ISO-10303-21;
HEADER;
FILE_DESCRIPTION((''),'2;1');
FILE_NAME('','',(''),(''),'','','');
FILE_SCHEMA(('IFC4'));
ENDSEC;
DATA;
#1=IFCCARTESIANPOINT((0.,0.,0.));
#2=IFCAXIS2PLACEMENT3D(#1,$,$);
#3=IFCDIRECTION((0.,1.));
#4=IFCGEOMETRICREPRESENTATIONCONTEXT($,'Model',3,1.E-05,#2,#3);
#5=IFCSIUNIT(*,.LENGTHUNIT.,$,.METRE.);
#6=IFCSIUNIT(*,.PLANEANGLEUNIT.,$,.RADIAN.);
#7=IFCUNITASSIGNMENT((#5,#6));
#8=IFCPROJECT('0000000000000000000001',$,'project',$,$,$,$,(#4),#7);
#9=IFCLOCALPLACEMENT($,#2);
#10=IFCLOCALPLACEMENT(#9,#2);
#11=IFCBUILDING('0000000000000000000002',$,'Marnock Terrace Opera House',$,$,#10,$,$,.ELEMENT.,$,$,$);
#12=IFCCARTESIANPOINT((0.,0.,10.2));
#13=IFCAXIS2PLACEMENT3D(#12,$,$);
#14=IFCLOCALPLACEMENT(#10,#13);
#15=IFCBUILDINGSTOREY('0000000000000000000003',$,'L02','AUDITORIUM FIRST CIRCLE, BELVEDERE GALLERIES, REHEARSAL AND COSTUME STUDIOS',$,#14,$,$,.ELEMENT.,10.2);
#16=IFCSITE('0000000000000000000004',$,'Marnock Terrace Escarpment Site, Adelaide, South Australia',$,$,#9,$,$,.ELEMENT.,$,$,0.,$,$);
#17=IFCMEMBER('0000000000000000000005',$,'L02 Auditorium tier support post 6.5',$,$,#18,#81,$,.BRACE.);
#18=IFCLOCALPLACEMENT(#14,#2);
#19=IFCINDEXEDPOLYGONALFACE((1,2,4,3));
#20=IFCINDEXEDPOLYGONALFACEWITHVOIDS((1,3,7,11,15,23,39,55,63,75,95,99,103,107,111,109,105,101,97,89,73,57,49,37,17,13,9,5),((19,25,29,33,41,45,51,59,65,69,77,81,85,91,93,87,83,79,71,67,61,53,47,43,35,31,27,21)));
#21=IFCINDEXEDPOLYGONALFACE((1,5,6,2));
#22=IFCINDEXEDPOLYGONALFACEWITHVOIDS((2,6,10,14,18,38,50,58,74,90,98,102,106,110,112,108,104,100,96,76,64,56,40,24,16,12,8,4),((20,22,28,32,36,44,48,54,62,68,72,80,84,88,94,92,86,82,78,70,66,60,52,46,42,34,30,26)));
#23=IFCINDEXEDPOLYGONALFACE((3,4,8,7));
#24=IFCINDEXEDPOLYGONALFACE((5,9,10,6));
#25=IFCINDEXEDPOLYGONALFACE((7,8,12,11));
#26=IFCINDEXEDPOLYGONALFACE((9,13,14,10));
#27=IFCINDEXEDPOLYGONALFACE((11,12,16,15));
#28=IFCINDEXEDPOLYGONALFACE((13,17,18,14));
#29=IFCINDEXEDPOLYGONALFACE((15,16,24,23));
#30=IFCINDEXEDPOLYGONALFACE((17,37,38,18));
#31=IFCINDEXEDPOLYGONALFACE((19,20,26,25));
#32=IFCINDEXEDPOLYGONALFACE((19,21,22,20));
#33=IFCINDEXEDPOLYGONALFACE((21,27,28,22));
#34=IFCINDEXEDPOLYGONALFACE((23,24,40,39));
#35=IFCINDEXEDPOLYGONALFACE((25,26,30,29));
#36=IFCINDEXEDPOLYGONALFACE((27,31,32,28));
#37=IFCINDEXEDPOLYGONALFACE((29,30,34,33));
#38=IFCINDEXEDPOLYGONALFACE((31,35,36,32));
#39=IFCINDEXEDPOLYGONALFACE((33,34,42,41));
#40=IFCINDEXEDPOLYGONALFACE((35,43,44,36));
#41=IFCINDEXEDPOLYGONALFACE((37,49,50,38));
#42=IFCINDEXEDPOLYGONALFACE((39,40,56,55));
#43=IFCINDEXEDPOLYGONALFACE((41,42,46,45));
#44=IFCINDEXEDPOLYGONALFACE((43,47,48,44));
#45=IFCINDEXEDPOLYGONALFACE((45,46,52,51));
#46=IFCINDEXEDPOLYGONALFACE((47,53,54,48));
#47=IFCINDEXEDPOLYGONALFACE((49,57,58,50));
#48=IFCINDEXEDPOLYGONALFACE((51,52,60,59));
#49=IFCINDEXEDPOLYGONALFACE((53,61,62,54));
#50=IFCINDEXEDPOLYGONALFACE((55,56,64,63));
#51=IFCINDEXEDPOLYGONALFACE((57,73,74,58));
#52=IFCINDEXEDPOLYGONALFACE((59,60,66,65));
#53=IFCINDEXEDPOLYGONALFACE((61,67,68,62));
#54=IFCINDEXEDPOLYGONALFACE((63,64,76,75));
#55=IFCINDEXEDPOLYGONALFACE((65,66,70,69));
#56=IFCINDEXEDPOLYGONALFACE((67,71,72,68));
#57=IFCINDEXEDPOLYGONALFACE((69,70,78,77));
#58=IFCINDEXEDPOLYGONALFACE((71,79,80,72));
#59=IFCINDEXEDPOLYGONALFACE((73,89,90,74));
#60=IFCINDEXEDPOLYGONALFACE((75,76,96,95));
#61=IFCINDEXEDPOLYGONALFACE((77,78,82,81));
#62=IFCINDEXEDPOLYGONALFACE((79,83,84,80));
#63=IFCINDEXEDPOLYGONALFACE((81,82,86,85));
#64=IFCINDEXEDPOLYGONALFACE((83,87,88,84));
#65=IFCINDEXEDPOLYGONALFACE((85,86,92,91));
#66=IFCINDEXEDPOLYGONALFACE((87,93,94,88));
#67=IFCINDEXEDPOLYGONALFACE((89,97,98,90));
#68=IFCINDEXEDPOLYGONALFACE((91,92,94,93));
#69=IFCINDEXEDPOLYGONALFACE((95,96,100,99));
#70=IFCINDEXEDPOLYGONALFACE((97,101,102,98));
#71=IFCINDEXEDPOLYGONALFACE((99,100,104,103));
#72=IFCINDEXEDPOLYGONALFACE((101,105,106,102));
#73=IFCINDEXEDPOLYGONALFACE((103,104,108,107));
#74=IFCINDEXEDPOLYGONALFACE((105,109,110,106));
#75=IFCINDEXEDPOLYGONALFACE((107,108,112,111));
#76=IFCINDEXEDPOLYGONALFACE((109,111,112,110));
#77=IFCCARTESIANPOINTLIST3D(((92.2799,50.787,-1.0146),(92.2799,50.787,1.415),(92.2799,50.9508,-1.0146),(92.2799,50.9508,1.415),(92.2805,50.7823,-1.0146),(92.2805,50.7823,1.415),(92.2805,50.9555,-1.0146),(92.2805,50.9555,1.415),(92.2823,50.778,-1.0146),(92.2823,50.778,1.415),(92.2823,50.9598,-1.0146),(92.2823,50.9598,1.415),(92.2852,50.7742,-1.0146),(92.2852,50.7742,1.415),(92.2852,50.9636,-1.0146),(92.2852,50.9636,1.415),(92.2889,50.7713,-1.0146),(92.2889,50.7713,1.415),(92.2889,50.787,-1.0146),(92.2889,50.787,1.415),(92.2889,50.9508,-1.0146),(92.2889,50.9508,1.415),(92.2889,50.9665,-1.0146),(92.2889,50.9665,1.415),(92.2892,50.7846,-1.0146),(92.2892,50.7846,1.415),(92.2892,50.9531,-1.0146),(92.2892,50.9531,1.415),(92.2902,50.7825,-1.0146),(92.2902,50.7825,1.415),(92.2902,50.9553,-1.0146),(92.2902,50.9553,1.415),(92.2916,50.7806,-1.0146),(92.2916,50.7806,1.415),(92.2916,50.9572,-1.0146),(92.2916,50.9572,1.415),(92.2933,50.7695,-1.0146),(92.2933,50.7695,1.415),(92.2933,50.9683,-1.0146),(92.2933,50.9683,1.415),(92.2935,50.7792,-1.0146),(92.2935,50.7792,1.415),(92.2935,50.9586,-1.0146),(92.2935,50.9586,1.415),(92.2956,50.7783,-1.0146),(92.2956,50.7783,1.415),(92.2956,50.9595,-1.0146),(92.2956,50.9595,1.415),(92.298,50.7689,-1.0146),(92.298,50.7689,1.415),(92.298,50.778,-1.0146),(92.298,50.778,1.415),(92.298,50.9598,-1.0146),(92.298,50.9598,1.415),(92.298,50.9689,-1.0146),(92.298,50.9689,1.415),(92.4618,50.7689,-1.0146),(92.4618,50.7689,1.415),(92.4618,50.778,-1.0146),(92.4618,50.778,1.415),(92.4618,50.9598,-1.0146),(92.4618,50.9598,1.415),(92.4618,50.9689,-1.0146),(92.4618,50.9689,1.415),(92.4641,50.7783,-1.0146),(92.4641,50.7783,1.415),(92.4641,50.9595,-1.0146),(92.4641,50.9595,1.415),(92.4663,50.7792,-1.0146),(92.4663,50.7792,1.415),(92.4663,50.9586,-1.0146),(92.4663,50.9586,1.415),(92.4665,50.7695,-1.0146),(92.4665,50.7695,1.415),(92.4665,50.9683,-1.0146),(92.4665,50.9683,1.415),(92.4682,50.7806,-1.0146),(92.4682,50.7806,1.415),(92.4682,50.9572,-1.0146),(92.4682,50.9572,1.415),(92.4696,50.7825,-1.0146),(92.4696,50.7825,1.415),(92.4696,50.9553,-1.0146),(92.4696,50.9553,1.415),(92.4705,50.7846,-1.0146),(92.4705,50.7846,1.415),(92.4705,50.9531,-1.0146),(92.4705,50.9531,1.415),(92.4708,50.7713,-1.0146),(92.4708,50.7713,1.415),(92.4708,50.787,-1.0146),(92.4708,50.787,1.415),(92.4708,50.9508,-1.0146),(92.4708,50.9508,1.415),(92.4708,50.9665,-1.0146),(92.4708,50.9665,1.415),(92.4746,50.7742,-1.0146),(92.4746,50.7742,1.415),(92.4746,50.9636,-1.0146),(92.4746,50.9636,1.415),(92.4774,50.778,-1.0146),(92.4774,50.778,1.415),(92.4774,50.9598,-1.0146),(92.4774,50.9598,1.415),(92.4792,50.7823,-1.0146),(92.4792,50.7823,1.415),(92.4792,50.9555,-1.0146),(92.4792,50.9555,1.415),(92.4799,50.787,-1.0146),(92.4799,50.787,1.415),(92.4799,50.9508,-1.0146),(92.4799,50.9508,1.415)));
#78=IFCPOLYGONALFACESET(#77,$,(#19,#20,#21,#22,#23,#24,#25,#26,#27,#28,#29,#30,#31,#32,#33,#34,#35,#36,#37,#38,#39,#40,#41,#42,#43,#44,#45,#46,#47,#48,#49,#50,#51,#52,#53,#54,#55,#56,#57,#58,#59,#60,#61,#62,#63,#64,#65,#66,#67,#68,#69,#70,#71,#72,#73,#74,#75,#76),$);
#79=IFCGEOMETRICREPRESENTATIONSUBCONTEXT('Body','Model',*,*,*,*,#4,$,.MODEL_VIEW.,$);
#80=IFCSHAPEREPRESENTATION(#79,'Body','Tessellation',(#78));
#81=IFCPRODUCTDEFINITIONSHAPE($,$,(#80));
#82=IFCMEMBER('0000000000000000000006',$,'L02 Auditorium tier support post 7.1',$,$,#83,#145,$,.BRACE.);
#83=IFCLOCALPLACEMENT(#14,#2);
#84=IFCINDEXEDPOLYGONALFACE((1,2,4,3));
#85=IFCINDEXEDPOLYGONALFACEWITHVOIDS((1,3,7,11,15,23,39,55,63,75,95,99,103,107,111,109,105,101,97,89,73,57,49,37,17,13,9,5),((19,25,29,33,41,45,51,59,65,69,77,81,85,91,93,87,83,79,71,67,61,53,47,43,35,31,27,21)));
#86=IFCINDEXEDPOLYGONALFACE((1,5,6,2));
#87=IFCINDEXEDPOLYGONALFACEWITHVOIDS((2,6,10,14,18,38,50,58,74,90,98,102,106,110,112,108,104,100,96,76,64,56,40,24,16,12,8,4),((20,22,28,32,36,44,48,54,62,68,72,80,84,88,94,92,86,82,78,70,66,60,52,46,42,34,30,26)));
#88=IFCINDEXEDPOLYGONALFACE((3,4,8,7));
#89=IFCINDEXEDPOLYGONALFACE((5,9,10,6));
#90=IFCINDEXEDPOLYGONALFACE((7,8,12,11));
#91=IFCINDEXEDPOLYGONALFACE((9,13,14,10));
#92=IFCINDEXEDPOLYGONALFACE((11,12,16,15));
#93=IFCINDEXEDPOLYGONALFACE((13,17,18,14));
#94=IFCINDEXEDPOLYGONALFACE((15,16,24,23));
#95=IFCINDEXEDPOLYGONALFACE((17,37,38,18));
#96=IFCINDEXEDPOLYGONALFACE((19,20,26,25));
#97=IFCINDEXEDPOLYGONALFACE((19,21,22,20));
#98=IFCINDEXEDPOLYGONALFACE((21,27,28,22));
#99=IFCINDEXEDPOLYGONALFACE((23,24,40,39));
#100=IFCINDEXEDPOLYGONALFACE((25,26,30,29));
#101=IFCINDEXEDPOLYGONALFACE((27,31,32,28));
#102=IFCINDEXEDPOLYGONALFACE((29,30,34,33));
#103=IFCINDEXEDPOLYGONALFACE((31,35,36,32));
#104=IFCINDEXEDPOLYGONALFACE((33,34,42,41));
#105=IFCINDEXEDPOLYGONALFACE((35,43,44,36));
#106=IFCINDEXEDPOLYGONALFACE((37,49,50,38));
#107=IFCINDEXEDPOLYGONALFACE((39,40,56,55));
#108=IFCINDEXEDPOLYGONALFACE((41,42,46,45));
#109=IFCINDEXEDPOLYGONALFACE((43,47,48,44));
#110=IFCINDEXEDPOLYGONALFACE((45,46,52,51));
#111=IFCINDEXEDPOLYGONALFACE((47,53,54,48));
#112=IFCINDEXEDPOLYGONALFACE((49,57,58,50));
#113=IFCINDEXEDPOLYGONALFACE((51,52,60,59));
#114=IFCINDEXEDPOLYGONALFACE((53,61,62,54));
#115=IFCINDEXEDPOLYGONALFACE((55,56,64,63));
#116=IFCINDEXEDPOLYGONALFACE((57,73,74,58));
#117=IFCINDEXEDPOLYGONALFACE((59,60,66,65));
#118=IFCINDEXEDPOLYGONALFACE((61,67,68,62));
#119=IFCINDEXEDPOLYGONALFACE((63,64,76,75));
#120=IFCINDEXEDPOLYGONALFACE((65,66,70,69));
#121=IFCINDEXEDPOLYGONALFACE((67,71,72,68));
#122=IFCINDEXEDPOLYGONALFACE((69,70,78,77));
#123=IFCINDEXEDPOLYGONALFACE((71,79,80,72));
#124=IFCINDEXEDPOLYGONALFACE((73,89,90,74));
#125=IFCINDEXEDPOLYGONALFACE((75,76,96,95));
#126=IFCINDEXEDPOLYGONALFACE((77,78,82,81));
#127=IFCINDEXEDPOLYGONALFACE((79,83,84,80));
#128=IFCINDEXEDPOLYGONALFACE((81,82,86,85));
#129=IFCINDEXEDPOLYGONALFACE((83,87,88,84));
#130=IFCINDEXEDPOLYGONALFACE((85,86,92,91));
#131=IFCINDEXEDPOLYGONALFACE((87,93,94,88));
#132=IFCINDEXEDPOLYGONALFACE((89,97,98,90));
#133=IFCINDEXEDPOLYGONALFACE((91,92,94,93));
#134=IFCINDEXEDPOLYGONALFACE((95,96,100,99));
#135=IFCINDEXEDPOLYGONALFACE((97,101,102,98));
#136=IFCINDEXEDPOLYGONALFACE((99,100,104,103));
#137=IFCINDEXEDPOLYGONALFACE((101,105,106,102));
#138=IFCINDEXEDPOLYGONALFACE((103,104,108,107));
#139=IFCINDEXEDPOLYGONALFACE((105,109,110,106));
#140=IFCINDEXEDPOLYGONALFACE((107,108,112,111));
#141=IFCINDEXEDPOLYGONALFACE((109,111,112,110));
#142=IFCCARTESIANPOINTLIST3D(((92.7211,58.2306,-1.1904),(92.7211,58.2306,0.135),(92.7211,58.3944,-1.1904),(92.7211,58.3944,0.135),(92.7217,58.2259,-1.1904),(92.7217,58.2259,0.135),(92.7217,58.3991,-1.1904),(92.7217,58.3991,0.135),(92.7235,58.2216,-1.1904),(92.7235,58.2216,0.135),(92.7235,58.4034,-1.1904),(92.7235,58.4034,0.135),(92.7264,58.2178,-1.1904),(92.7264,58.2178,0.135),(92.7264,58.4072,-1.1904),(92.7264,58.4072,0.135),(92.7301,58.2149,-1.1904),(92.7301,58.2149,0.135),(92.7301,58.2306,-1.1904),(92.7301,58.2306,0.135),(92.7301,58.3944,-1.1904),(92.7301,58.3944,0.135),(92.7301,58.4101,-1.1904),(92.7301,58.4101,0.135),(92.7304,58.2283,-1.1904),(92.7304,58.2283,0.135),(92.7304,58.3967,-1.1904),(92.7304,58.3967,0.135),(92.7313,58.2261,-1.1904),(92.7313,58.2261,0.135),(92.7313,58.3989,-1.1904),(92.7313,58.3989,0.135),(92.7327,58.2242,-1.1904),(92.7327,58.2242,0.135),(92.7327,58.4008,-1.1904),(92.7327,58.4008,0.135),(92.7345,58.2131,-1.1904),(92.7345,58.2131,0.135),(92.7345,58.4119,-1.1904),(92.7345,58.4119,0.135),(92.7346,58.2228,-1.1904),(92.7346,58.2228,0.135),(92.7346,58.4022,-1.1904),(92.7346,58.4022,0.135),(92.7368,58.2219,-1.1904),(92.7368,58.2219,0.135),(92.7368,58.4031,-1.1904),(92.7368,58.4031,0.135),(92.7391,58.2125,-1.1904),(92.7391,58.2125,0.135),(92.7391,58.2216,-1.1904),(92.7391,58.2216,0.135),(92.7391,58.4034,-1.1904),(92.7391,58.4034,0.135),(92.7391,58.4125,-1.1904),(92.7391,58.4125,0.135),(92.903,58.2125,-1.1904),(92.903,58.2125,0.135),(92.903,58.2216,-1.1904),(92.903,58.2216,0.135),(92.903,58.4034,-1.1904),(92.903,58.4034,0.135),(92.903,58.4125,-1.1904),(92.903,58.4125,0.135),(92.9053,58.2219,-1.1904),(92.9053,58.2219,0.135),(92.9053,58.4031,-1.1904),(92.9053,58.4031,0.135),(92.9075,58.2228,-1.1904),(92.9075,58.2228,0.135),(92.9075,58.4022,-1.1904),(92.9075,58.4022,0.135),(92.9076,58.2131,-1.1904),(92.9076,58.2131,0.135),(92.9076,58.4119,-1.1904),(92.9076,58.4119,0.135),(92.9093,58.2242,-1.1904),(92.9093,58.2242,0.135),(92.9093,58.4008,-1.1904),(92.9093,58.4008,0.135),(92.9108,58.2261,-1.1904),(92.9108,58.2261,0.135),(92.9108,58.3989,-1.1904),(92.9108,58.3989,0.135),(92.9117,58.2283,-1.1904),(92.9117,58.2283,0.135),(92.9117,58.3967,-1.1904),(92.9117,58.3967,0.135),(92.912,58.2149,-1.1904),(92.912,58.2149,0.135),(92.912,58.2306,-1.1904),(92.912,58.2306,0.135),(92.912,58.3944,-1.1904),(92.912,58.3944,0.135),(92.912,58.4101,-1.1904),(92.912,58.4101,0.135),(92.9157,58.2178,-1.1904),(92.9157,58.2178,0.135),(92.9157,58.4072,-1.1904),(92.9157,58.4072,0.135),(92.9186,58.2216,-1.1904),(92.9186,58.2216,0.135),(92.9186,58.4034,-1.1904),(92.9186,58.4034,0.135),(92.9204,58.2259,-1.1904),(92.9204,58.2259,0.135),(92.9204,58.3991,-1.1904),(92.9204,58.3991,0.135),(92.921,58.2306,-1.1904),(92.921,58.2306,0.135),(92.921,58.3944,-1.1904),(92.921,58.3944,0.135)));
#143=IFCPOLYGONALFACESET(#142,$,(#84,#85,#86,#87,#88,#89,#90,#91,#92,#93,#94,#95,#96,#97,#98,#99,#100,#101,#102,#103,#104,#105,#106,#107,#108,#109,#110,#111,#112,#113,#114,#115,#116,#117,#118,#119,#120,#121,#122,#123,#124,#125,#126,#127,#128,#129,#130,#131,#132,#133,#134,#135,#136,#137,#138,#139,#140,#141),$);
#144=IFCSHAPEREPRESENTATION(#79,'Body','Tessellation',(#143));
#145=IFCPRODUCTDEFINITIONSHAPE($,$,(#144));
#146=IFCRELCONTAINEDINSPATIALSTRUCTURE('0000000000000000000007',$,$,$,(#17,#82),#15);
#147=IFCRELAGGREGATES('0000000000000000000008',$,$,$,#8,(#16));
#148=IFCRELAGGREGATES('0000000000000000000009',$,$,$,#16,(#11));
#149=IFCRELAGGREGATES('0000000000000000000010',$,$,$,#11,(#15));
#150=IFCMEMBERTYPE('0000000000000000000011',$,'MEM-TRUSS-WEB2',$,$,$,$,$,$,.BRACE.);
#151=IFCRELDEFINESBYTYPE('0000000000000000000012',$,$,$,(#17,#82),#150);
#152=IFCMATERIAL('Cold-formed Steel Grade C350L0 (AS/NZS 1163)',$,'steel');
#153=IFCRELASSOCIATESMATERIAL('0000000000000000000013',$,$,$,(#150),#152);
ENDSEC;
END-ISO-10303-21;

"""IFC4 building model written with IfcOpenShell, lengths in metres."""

from ifc_helpers import new_model, si_unit, direction, frame, origin, origin_2d, place, context, subcontext, project, spatial, hollow_rectangle, extrude, material, material_profile, profile_set, type_object, element, save


model = new_model("IFC4")

# Units and contexts
model_context = context("Model", 3, precision=1e-05, world=origin(), true_north=direction((0.0, 1.0)))
body_context = subcontext(model_context, "Body", "Model", "MODEL_VIEW")
ifc_project = project(units=[si_unit("LENGTHUNIT", "METRE"), si_unit("PLANEANGLEUNIT", "RADIAN")], contexts=[model_context])

# Site, building, storey
site_placement = place(None, origin())
site = spatial("IfcSite", under=ifc_project, at=site_placement, Name="Marnock Terrace Escarpment Site, Adelaide, South Australia", CompositionType="ELEMENT", RefElevation=0.0)
building_placement = place(site_placement, origin())
building = spatial("IfcBuilding", under=site, at=building_placement, Name="Marnock Terrace Opera House", CompositionType="ELEMENT")
storey_placement = place(building_placement, frame((0.0, 0.0, 10.2)))
storey = spatial("IfcBuildingStorey", under=building, at=storey_placement, Name="L02", Description="AUDITORIUM FIRST CIRCLE, BELVEDERE GALLERIES, REHEARSAL AND COSTUME STUDIOS", CompositionType="ELEMENT", Elevation=10.2)

# Members
ifc_material_1 = material(Name="Cold-formed Steel Grade C350L0 (AS/NZS 1163)", Category="steel")
ifc_material_profile_1 = material_profile(ifc_material_1, hollow_rectangle(XDim=0.2, YDim=0.2, WallThickness=0.009, InnerFilletRadius=0.009, OuterFilletRadius=0.0181, at=origin_2d()))
ifc_profile_set_1 = profile_set([ifc_material_profile_1], Name="Cold-formed Steel Grade C350L0 (AS/NZS 1163)")
member_type = type_object("IfcMemberType", Name="MEM-TRUSS-WEB2", PredefinedType="BRACE", material=ifc_profile_set_1)
member_1_placement = place(storey_placement, frame((92.3799, 50.8689, -1.0146), z_axis=(0.0, 0.0, 1.0), x_axis=(1.0, 0.0, 0.0)))
element("IfcMember", 1, at=member_1_placement, inside=storey, type_object=member_type, Name="L02 Auditorium tier support post 6.5", PredefinedType="BRACE", context=body_context, shape_type="SweptSolid", body=[
    extrude(hollow_rectangle(XDim=0.2, YDim=0.2, WallThickness=0.009, InnerFilletRadius=0.009, OuterFilletRadius=0.0181, at=origin_2d()), origin(), (0.0, 0.0, 1.0), 2.4297),
])
member_2_placement = place(storey_placement, frame((92.821, 58.3125, -1.1904), z_axis=(0.0, 0.0, 1.0), x_axis=(1.0, 0.0, 0.0)))
element("IfcMember", 2, at=member_2_placement, inside=storey, type_object=member_type, Name="L02 Auditorium tier support post 7.1", PredefinedType="BRACE", context=body_context, shape_type="SweptSolid", body=[
    extrude(hollow_rectangle(XDim=0.2, YDim=0.2, WallThickness=0.009, InnerFilletRadius=0.009, OuterFilletRadius=0.0181, at=origin_2d()), origin(), (0.0, 0.0, 1.0), 1.3254),
])

save(model, "model.ifc")
